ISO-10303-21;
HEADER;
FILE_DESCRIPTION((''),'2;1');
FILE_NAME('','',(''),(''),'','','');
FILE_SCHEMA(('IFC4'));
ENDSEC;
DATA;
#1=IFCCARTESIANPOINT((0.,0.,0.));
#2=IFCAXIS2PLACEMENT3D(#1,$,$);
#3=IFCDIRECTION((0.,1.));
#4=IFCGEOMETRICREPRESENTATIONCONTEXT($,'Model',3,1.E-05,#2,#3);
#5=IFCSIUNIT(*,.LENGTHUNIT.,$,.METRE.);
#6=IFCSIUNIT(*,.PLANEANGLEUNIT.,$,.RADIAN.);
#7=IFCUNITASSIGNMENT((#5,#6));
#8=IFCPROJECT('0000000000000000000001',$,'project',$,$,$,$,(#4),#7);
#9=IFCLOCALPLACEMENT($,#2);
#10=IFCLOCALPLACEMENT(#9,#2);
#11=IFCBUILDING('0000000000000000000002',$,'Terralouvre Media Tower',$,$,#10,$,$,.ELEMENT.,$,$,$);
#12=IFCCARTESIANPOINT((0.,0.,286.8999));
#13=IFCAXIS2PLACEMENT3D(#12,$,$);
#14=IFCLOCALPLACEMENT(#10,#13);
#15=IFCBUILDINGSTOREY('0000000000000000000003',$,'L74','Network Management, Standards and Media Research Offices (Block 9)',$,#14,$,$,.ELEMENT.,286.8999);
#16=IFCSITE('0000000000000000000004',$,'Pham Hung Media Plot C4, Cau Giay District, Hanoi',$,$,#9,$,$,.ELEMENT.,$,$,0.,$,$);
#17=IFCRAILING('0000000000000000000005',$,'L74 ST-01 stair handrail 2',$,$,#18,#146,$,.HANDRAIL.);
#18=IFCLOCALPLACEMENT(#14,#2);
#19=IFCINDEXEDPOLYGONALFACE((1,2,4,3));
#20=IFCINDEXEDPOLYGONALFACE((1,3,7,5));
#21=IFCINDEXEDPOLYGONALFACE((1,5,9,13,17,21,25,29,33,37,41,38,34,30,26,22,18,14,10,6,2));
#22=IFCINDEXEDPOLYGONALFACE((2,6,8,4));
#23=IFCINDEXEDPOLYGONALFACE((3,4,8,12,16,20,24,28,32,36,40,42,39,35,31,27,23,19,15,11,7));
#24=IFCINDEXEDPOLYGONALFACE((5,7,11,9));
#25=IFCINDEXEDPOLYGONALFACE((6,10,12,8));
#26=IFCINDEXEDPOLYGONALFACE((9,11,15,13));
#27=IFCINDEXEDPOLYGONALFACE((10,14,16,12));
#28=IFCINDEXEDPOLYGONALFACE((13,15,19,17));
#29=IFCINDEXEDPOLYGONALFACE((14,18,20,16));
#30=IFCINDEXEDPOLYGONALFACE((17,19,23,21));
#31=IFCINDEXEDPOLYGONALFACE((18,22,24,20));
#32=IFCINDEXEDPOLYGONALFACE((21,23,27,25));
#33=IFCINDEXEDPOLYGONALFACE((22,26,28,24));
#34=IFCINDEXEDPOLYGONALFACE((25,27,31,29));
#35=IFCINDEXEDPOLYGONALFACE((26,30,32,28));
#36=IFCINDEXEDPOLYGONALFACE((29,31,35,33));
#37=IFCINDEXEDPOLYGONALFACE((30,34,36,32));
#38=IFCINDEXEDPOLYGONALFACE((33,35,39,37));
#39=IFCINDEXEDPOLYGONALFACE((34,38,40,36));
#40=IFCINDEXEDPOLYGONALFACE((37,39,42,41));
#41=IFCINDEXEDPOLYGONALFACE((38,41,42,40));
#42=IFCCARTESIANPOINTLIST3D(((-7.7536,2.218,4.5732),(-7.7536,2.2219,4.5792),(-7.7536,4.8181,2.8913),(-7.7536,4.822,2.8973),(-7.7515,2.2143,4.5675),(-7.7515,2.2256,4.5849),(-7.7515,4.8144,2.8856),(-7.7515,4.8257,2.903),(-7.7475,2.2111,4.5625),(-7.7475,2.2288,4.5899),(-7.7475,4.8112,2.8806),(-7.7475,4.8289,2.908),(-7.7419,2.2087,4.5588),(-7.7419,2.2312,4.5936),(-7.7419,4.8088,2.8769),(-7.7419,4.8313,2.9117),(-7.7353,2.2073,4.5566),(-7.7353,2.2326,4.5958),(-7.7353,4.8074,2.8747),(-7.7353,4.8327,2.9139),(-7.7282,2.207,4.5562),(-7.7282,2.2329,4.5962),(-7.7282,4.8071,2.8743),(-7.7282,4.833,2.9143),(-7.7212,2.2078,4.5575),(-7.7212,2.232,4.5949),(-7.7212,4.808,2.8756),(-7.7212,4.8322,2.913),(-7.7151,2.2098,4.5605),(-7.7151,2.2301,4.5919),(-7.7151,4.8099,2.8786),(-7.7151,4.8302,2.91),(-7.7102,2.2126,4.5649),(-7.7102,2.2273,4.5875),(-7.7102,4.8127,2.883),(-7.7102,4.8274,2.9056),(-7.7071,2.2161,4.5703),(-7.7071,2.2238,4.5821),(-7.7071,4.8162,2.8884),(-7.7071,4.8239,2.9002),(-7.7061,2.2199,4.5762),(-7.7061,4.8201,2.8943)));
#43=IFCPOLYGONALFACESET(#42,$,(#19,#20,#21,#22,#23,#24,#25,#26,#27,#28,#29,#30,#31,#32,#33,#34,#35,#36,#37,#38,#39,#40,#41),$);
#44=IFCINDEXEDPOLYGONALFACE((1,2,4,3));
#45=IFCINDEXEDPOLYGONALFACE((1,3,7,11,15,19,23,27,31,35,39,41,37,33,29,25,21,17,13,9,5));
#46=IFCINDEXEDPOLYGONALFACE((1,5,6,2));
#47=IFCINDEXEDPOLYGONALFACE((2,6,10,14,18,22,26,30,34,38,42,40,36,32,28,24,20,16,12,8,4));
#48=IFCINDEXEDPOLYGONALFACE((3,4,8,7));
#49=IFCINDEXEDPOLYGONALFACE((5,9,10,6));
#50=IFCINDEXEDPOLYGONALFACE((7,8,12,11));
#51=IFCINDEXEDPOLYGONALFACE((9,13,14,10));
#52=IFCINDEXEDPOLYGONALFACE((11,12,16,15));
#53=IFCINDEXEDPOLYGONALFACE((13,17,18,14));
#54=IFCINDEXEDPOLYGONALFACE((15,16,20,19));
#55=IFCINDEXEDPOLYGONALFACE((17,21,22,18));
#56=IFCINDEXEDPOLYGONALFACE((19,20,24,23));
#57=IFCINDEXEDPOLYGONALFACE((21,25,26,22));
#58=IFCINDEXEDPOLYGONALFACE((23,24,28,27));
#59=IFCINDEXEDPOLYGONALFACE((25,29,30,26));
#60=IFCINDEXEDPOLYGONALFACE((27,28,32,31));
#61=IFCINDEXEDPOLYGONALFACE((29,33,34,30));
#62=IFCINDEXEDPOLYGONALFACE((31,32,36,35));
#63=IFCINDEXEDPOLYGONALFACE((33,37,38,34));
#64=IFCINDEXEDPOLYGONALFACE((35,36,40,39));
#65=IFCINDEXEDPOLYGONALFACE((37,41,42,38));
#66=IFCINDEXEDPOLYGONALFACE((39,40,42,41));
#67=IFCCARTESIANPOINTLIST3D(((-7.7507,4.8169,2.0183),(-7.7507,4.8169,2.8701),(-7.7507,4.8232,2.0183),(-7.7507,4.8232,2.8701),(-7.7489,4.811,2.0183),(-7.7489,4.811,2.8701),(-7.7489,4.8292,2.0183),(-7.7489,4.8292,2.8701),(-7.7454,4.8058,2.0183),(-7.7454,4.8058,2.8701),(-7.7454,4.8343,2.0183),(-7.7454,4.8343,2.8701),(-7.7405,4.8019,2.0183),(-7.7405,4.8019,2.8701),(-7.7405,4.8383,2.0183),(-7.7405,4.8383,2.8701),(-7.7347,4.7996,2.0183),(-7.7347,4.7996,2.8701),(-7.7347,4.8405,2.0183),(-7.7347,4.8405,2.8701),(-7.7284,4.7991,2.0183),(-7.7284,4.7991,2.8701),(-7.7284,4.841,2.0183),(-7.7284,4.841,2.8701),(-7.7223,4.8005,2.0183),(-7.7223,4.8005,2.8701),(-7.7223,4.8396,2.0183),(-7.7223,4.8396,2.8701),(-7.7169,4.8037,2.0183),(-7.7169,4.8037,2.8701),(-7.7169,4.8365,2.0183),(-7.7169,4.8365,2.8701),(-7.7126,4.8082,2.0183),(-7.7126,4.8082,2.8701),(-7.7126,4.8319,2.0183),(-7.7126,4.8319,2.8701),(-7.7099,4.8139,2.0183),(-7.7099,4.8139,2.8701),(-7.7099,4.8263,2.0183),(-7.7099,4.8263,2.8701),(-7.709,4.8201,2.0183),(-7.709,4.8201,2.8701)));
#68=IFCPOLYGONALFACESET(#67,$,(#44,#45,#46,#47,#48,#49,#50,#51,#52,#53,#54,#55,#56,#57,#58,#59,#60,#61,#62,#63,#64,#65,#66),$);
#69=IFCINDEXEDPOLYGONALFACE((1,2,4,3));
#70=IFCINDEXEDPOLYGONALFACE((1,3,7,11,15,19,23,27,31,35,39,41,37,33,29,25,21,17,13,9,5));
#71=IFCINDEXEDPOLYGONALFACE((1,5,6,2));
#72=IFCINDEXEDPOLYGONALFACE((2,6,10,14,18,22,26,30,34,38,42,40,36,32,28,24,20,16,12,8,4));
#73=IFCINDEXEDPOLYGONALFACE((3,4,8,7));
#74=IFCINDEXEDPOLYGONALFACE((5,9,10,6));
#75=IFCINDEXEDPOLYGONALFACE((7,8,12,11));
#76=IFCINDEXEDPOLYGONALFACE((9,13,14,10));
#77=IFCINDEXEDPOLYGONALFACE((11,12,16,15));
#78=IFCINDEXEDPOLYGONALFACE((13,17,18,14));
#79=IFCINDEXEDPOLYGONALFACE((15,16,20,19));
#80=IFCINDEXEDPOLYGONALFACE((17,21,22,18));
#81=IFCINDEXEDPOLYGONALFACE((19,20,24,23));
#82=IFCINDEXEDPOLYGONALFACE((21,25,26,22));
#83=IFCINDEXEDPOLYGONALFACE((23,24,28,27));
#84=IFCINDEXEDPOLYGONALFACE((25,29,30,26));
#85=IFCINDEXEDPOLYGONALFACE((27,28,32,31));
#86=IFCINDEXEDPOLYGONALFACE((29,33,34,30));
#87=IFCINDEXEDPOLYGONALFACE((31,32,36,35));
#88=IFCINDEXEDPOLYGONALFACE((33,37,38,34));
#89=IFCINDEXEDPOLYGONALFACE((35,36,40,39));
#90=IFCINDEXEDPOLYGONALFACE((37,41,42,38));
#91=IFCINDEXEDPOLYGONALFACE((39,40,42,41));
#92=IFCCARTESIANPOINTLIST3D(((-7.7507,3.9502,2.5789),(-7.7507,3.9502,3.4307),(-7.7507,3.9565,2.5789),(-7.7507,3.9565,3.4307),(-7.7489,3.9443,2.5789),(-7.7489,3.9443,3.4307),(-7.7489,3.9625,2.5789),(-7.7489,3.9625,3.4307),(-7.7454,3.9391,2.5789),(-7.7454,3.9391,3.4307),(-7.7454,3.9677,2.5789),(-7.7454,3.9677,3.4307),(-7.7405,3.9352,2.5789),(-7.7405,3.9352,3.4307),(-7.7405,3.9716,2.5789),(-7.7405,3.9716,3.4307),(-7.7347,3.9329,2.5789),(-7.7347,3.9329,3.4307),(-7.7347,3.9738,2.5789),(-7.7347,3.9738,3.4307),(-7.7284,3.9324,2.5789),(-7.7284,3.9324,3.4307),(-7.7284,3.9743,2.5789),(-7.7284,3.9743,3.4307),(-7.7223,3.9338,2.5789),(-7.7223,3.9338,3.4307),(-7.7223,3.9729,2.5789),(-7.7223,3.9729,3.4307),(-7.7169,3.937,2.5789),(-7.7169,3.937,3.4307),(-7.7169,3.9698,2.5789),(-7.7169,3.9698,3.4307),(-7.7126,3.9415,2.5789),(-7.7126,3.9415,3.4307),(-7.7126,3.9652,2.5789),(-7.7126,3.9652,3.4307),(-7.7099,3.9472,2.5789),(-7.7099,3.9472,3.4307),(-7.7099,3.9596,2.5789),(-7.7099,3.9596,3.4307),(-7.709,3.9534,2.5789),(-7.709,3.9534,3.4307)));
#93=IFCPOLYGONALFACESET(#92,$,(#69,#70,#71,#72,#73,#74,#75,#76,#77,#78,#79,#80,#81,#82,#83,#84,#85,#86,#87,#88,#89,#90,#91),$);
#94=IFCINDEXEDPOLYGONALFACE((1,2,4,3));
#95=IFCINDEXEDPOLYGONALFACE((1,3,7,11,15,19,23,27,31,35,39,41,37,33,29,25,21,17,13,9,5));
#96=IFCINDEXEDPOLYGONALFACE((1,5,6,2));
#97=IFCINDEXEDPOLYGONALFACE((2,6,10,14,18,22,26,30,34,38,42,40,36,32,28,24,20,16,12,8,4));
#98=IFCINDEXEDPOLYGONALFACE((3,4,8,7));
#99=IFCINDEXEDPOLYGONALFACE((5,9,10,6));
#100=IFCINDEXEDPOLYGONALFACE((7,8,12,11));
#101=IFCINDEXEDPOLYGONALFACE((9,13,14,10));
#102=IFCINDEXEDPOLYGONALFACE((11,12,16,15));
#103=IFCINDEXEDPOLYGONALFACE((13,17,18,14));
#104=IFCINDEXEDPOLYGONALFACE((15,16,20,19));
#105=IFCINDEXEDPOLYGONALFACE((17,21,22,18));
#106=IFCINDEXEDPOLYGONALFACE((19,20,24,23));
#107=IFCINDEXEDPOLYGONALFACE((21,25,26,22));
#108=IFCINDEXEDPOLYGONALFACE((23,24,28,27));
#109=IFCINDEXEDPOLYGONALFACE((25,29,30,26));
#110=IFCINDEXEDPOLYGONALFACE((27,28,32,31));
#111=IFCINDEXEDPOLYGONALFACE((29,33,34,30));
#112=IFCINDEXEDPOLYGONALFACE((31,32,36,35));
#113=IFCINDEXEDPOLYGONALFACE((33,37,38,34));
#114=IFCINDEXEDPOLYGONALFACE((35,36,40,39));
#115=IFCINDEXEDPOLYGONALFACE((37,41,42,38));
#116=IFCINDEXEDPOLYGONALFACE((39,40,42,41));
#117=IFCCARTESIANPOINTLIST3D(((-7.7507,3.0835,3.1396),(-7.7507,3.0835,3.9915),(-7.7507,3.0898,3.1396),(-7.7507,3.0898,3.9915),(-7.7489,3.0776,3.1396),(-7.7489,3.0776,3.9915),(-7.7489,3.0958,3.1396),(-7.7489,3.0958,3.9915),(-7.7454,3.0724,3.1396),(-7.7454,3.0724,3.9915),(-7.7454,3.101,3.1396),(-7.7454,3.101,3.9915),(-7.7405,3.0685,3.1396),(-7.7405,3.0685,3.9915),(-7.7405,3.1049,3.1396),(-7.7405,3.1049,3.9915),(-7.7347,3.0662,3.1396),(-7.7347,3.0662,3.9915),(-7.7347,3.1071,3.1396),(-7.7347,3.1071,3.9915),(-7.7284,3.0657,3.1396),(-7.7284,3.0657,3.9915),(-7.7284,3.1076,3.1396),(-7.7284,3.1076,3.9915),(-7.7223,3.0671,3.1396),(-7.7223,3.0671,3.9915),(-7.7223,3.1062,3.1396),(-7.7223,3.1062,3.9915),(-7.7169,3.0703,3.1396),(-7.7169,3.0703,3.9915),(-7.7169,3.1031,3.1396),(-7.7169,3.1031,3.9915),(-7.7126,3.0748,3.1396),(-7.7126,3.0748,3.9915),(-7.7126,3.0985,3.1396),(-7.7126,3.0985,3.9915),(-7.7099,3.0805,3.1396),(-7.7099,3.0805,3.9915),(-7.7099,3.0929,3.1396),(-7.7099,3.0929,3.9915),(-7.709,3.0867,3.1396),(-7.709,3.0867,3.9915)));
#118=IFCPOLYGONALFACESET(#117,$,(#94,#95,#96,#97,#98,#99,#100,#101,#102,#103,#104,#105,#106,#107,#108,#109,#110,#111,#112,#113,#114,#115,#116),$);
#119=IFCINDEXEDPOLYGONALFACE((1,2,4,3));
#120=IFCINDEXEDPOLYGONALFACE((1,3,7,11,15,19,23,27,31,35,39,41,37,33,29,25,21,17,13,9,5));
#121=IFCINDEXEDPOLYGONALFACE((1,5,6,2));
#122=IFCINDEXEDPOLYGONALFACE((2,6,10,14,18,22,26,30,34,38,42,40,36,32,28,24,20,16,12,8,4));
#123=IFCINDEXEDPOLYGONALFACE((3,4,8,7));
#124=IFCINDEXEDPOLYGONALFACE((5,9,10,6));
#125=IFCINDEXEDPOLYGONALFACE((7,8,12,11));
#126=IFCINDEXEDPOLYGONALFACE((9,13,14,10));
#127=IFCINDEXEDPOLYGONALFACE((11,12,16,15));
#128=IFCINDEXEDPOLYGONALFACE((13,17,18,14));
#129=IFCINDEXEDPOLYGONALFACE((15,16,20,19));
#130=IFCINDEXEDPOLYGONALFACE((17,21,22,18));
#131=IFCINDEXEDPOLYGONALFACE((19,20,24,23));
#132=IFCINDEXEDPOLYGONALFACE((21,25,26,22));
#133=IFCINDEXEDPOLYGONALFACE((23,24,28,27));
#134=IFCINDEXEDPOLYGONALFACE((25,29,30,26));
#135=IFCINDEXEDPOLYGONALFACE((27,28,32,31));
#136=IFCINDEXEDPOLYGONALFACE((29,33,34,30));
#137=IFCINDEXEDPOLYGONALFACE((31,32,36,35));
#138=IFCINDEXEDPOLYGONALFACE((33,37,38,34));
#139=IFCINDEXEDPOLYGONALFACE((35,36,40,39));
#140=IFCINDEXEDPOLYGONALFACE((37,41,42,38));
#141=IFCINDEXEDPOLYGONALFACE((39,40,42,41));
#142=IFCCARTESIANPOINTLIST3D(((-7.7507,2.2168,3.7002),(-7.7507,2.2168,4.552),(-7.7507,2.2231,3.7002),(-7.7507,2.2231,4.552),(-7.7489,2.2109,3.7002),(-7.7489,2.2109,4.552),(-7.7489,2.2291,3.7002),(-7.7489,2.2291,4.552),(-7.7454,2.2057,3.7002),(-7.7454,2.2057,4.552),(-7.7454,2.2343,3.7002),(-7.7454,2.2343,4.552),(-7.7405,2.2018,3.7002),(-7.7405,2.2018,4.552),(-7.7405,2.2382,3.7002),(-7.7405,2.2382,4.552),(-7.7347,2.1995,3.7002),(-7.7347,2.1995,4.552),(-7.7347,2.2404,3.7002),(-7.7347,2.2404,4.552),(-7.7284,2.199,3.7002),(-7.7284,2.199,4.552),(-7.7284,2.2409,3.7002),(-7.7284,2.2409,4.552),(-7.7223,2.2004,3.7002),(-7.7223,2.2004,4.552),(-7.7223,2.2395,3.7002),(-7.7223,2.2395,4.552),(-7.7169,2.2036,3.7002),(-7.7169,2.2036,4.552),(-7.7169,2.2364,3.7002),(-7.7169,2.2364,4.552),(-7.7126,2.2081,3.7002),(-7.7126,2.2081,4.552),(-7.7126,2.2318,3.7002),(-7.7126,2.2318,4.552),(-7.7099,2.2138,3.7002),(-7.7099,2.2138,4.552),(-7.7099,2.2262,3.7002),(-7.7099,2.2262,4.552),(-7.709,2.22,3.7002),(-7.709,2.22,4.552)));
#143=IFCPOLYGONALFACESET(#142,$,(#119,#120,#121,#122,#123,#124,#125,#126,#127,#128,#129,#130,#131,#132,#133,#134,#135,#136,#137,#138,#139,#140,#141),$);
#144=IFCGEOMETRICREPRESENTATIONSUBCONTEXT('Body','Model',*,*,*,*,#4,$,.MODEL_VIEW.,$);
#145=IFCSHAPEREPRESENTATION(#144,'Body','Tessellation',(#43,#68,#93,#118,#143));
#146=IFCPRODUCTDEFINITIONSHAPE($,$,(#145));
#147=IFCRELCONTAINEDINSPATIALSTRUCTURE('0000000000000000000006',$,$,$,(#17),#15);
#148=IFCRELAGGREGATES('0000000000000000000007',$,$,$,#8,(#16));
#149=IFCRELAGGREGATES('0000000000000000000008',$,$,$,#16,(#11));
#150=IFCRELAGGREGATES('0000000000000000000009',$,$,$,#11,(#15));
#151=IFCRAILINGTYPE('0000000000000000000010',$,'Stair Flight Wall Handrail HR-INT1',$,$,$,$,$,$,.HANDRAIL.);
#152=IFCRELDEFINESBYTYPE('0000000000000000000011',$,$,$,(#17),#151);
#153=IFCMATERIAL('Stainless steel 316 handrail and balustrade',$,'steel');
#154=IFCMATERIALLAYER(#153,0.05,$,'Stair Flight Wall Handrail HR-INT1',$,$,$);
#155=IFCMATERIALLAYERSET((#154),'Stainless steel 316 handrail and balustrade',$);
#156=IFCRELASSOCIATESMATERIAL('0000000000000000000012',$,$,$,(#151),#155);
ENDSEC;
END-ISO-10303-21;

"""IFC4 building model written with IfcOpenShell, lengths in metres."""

from ifc_helpers import new_model, si_unit, direction, frame, origin, origin_2d, place, context, subcontext, project, spatial, circle, extrude, material, layer, layer_set, type_object, element, save


model = new_model("IFC4")

# Units and contexts
model_context = context("Model", 3, precision=1e-05, world=origin(), true_north=direction((0.0, 1.0)))
body_context = subcontext(model_context, "Body", "Model", "MODEL_VIEW")
ifc_project = project(units=[si_unit("LENGTHUNIT", "METRE"), si_unit("PLANEANGLEUNIT", "RADIAN")], contexts=[model_context])

# Site, building, storey
site_placement = place(None, origin())
site = spatial("IfcSite", under=ifc_project, at=site_placement, Name="Pham Hung Media Plot C4, Cau Giay District, Hanoi", CompositionType="ELEMENT", RefElevation=0.0)
building_placement = place(site_placement, origin())
building = spatial("IfcBuilding", under=site, at=building_placement, Name="Terralouvre Media Tower", CompositionType="ELEMENT")
storey_placement = place(building_placement, frame((0.0, 0.0, 286.8999)))
storey = spatial("IfcBuildingStorey", under=building, at=storey_placement, Name="L74", Description="Network Management, Standards and Media Research Offices (Block 9)", CompositionType="ELEMENT", Elevation=286.8999)

# Railing
ifc_material_1 = material(Name="Stainless steel 316 handrail and balustrade", Category="steel")
ifc_layer_1 = layer(ifc_material_1, 0.05, Name="Stair Flight Wall Handrail HR-INT1")
ifc_layer_set_1 = layer_set([ifc_layer_1], Name="Stainless steel 316 handrail and balustrade")
railing_type_1 = type_object("IfcRailingType", Name="Stair Flight Wall Handrail HR-INT1", PredefinedType="HANDRAIL", material=ifc_layer_set_1)
railing_1_placement = place(storey_placement, frame((-7.73, 4.8201, 2.0183)))
element("IfcRailing", 1, at=railing_1_placement, inside=storey, type_object=railing_type_1, Name="L74 ST-01 stair handrail 2", PredefinedType="HANDRAIL", context=body_context, shape_type="SweptSolid", body=[
    extrude(circle(Radius=0.0239, at=origin_2d()), frame((0.0, 0.0, 0.876), z_axis=(0.0, -0.839648, 0.54313), x_axis=(1.0, 0.0, 0.0)), (0.0, 0.0, 1.0), 3.0967),
    extrude(circle(Radius=0.021, at=origin_2d()), origin(), (0.0, 0.0, 1.0), 0.8518),
    extrude(circle(Radius=0.021, at=origin_2d()), frame((0.0, -0.8667, 0.5605)), (0.0, 0.0, 1.0), 0.8518),
    extrude(circle(Radius=0.021, at=origin_2d()), frame((0.0, -1.7334, 1.1213)), (0.0, 0.0, 1.0), 0.8518),
    extrude(circle(Radius=0.021, at=origin_2d()), frame((0.0, -2.6001, 1.6819)), (0.0, 0.0, 1.0), 0.8518),
])

save(model, "model.ifc")
